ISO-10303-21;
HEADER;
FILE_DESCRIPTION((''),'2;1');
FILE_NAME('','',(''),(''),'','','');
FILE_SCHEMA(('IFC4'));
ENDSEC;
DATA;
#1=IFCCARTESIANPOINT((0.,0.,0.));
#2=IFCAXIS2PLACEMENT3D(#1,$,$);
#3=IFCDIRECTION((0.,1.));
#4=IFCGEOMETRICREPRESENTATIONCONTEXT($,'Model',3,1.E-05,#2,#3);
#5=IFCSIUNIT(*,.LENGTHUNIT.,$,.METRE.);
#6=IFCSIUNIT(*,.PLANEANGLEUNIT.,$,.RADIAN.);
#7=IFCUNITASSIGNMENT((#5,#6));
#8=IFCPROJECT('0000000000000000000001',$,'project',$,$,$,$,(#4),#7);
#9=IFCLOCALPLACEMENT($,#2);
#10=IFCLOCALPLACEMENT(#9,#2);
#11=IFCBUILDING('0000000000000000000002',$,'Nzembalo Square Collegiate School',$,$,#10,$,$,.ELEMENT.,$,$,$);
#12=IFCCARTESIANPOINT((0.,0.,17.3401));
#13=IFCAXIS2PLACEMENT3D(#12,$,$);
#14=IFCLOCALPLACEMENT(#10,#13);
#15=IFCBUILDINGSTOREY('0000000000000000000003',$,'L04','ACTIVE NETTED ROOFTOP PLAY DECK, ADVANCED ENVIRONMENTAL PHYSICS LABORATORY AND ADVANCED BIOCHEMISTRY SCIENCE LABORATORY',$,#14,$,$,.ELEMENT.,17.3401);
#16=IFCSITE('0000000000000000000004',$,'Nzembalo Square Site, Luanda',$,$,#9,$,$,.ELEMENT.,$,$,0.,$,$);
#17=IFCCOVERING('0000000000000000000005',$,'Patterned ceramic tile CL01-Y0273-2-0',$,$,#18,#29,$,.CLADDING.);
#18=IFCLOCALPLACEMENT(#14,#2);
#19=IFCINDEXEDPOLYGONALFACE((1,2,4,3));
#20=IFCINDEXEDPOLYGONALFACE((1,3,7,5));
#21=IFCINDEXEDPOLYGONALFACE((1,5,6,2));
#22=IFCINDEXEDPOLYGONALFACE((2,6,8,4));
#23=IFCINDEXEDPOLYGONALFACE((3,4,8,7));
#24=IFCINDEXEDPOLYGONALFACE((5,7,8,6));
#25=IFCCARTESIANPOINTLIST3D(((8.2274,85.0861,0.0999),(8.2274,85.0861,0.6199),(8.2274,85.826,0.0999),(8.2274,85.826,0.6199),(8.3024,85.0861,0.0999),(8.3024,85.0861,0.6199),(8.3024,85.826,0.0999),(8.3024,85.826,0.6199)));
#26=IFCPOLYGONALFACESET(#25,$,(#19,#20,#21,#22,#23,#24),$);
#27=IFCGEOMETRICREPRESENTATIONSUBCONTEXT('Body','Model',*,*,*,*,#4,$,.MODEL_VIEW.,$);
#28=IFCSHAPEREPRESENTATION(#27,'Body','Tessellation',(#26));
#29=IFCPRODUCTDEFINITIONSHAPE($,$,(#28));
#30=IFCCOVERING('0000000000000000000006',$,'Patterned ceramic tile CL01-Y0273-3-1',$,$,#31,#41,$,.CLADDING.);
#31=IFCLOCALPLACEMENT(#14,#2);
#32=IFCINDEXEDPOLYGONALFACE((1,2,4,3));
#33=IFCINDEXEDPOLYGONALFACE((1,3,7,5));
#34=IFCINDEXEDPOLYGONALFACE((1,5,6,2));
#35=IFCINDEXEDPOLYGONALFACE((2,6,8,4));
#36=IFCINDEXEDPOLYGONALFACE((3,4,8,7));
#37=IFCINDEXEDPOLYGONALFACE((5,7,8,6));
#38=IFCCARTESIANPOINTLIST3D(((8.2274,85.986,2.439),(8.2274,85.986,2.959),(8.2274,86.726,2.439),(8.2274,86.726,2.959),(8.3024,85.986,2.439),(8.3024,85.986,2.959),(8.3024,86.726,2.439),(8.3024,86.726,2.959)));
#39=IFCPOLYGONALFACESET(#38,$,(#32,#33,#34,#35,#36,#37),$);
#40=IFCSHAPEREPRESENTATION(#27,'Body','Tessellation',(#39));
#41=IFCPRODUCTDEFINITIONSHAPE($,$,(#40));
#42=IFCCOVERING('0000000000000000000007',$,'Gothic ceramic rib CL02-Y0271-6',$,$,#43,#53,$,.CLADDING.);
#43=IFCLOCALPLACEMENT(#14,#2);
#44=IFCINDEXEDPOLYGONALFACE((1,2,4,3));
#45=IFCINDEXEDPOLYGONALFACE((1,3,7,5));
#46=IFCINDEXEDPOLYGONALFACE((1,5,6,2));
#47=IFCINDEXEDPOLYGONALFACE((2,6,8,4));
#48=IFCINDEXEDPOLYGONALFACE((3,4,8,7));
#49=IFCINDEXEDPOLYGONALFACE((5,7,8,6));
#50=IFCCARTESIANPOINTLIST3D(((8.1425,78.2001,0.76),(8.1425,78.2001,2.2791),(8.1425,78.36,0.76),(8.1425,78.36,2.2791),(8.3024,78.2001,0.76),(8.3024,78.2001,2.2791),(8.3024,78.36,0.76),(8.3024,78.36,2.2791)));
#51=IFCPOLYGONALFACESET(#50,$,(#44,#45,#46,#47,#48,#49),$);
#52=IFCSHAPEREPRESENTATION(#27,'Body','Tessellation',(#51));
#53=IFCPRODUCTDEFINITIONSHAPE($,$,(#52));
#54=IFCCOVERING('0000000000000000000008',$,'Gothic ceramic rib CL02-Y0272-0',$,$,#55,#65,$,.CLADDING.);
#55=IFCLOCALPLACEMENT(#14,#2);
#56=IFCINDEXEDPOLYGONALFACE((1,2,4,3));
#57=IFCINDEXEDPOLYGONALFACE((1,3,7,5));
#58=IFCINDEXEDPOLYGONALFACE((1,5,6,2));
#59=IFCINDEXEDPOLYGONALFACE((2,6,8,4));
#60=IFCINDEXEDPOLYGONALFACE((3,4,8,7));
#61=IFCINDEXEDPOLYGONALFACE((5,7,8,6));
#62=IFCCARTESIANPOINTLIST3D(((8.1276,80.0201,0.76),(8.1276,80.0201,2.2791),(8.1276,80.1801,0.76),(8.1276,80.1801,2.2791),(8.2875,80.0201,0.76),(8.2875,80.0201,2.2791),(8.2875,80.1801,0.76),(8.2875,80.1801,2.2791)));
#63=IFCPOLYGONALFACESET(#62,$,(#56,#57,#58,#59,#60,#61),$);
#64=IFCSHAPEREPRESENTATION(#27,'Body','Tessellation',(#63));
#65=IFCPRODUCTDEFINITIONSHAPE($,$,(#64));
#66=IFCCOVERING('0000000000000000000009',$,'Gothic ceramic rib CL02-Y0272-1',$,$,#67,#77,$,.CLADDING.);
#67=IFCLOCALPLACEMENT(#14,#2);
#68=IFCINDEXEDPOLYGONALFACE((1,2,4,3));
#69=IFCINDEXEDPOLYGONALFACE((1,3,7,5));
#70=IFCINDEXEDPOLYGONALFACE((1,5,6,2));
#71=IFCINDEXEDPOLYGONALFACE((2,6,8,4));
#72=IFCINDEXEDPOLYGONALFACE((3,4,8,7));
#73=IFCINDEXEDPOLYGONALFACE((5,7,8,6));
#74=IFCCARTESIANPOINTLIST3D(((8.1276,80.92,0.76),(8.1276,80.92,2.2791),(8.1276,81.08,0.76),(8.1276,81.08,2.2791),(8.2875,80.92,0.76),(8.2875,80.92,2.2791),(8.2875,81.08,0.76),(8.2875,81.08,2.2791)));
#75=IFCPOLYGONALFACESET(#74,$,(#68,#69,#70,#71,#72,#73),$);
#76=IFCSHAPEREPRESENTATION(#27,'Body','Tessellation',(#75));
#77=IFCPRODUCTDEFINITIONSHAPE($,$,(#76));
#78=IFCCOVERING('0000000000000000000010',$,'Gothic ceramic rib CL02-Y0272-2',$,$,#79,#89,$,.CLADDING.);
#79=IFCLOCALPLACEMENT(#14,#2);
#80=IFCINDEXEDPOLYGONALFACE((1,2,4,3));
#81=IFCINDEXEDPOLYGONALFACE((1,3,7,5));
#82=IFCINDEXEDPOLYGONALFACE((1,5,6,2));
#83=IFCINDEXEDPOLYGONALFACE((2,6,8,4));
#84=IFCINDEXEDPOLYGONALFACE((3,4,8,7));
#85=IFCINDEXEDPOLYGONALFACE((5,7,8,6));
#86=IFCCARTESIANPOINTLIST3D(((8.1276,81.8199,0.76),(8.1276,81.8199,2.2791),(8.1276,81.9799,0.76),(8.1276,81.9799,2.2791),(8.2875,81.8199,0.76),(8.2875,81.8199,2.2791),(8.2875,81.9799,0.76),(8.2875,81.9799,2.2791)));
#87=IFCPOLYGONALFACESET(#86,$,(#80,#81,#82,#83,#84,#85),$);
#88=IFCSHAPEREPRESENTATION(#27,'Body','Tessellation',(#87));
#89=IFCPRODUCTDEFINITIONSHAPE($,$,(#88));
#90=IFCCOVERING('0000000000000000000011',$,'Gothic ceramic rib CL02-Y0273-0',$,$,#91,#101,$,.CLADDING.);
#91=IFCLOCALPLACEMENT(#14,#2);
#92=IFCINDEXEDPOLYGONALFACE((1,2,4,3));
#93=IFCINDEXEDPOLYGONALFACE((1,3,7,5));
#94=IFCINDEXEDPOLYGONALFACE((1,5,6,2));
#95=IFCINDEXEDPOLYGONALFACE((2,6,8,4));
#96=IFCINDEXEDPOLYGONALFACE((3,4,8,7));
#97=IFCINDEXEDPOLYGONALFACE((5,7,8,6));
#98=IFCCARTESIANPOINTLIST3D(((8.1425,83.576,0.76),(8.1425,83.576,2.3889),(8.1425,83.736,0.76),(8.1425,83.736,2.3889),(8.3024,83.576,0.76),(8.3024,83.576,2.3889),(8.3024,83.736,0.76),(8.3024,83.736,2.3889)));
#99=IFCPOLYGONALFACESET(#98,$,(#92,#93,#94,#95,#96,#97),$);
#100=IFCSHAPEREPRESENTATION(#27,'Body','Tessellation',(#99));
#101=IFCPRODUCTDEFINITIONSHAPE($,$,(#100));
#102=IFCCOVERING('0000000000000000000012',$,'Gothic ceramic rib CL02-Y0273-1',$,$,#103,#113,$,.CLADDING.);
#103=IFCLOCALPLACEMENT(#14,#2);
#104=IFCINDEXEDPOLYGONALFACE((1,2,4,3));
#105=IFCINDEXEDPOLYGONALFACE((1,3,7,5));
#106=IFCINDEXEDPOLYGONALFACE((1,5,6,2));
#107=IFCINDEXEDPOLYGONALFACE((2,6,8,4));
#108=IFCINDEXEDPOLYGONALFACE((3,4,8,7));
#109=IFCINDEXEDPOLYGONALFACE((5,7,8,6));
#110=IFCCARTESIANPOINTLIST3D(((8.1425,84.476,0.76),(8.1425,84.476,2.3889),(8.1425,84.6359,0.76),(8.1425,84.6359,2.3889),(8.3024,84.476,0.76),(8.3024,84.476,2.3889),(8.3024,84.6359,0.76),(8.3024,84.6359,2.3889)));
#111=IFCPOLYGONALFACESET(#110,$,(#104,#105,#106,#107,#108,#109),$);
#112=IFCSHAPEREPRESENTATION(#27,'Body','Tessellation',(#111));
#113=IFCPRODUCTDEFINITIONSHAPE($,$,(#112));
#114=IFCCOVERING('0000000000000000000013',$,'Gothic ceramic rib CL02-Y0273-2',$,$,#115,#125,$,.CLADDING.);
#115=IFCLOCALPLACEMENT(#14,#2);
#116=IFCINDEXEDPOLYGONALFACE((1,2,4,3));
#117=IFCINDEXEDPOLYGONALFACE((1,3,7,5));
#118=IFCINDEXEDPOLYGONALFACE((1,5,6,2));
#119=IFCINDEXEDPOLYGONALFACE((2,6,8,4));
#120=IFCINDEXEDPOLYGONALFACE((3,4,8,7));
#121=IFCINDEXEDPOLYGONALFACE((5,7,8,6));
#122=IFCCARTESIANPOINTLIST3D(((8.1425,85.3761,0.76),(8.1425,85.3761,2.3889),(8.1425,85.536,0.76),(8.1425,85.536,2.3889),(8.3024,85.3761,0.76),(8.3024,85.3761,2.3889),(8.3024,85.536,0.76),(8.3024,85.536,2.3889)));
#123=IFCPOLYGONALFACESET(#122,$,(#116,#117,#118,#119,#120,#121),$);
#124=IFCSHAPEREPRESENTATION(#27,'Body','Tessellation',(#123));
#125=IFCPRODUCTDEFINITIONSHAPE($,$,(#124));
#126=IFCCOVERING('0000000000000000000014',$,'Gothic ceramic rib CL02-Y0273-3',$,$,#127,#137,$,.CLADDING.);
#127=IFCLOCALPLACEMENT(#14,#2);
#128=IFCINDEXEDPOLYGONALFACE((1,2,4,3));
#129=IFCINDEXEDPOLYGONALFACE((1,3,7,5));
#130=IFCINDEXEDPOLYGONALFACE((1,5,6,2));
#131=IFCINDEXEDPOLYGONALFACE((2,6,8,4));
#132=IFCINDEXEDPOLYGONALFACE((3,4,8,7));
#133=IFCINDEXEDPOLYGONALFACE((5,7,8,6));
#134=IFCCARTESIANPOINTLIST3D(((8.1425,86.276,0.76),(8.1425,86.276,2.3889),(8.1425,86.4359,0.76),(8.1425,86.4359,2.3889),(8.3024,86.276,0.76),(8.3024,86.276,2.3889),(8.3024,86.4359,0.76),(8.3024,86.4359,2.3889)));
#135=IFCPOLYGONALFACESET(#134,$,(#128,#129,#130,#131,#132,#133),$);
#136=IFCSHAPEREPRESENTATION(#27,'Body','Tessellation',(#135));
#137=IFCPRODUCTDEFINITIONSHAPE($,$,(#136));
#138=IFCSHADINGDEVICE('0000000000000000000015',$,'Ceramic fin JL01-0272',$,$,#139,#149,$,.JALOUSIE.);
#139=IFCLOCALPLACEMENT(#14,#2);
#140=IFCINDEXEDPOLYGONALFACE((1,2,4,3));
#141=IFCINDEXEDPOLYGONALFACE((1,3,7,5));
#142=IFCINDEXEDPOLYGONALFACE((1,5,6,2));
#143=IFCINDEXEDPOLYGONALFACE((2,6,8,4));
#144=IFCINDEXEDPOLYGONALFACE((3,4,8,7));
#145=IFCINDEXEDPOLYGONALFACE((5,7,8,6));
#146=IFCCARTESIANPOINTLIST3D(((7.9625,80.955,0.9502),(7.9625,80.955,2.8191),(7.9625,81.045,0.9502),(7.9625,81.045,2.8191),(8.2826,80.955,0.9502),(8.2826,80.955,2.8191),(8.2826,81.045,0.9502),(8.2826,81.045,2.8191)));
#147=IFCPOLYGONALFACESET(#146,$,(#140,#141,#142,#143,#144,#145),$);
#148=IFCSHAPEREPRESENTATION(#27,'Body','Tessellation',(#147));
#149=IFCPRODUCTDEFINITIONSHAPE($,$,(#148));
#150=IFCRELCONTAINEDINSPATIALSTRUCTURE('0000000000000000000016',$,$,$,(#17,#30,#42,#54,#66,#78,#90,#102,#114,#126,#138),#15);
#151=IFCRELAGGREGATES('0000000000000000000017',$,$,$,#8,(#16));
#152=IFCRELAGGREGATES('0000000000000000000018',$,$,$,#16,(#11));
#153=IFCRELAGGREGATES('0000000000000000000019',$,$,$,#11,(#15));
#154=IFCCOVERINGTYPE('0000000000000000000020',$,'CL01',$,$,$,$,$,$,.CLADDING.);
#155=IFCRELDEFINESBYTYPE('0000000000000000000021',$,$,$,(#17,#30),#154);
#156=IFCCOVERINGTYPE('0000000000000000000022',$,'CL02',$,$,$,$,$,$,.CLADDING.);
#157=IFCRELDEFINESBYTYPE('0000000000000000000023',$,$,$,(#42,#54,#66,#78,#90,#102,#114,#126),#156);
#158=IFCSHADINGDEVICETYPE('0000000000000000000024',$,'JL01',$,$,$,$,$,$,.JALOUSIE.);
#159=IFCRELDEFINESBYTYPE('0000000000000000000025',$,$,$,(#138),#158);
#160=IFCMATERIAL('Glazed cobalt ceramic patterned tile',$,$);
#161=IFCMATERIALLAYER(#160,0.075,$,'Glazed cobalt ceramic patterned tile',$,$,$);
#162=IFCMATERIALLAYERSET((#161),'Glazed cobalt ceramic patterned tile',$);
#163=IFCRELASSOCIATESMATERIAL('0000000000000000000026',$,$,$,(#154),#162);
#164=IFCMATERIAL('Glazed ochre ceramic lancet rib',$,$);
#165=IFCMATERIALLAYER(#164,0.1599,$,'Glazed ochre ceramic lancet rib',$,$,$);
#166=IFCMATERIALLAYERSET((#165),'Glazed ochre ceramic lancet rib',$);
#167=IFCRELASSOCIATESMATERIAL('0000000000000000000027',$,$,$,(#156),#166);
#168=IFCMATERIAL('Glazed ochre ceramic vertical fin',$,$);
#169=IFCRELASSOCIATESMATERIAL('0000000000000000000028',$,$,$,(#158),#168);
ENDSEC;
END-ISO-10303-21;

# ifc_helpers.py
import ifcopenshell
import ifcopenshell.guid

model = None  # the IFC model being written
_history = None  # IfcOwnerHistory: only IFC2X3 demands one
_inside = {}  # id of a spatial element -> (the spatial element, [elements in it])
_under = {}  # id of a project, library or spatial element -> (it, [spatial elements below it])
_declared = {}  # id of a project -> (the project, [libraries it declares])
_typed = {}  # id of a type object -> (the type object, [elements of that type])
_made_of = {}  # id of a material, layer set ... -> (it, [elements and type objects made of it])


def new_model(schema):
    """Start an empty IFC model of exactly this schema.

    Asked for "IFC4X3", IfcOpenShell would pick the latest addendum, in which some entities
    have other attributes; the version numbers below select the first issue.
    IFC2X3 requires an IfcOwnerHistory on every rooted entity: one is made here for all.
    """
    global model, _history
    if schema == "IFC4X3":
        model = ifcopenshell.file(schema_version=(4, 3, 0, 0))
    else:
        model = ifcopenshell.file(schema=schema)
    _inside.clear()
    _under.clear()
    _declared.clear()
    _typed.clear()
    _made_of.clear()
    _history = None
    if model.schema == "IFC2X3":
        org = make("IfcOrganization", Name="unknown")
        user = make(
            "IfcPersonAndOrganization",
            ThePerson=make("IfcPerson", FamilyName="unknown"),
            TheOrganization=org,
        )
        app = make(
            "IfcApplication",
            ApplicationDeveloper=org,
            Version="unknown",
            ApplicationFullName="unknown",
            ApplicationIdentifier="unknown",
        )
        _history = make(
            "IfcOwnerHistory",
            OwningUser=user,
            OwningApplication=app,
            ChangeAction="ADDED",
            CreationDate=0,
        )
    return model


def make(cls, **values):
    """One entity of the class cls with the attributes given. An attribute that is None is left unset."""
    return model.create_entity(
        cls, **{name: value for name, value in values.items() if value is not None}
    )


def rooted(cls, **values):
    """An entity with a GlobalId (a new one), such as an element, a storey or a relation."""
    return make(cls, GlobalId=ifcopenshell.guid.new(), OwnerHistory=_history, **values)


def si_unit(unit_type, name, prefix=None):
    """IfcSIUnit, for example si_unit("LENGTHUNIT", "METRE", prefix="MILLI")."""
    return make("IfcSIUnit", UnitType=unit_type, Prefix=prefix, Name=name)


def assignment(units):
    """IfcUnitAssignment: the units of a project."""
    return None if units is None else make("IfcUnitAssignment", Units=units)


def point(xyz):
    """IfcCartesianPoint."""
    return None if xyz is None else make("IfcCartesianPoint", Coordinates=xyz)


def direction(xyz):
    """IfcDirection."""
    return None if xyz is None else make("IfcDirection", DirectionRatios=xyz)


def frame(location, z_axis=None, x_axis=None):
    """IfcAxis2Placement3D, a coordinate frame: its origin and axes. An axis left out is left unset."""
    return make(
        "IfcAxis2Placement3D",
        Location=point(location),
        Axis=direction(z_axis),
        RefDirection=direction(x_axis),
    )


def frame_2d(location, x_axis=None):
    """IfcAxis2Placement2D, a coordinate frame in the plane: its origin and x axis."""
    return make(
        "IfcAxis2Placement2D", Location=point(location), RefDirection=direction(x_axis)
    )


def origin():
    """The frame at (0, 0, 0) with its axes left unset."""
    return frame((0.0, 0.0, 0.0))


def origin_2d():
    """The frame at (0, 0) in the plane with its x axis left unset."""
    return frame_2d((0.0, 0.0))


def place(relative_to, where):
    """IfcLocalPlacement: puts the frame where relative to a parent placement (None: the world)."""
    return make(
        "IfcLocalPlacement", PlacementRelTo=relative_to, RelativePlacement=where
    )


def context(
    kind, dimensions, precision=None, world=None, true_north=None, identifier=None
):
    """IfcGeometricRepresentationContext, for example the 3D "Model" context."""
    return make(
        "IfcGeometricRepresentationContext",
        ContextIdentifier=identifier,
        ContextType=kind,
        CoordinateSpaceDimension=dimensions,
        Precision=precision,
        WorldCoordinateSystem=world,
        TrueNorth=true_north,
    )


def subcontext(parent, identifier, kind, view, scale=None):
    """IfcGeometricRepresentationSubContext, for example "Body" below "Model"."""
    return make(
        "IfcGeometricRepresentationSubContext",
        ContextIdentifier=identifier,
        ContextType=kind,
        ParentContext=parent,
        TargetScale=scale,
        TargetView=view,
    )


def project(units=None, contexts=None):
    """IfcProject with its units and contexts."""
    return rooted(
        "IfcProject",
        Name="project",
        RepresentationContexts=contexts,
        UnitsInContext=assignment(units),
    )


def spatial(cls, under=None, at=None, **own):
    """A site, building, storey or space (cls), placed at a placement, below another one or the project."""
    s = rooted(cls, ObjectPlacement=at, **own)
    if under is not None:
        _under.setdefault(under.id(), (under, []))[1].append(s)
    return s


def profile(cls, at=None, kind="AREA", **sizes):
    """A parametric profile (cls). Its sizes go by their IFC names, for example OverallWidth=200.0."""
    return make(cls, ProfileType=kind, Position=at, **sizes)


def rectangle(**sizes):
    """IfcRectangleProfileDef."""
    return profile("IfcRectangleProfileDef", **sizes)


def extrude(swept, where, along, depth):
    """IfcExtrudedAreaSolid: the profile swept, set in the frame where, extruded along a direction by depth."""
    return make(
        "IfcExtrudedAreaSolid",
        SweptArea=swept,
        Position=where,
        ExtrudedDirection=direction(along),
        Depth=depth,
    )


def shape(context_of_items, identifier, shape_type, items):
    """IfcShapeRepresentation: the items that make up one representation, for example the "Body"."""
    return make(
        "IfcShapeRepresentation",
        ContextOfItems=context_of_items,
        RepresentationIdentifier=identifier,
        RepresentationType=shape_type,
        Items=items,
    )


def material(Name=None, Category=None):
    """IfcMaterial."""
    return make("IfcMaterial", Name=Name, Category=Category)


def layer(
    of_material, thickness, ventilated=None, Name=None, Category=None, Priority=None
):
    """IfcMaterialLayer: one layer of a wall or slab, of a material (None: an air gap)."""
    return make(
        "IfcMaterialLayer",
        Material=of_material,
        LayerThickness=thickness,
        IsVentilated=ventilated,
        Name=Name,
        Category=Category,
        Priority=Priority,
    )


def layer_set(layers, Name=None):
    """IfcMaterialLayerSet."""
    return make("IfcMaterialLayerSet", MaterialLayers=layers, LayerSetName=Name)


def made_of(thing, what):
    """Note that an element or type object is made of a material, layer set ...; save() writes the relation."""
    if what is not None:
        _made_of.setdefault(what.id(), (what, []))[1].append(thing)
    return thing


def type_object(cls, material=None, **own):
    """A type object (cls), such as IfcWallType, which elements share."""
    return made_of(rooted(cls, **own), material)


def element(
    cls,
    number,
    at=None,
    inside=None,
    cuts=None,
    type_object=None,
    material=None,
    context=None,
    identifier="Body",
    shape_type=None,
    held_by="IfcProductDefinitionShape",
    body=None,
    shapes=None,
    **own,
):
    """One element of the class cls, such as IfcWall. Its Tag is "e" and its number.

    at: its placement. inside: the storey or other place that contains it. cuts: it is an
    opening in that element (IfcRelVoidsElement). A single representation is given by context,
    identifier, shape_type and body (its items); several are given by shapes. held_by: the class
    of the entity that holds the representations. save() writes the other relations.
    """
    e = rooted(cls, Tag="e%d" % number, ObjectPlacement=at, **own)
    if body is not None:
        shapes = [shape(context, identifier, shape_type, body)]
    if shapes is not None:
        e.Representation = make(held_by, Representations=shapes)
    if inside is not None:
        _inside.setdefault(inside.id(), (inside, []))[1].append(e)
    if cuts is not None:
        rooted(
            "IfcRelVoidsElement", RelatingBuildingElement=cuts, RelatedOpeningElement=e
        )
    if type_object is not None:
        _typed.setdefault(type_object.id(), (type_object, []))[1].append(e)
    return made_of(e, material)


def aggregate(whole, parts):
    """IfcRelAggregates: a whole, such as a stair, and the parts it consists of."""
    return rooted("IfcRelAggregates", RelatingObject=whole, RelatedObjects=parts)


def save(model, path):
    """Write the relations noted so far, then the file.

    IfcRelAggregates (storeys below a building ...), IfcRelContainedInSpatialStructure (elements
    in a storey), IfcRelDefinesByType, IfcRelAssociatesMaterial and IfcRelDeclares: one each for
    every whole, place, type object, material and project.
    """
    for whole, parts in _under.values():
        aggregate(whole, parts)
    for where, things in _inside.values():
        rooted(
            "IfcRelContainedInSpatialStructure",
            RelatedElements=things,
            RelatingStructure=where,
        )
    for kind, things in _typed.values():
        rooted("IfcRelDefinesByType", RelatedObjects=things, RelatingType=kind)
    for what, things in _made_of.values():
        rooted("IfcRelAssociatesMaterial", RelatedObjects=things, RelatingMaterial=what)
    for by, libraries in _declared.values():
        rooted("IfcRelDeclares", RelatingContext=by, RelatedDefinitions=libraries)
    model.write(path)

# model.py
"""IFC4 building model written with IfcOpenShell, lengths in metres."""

from ifc_helpers import new_model, si_unit, direction, frame, origin, origin_2d, place, context, subcontext, project, spatial, rectangle, extrude, material, layer, layer_set, type_object, element, save


model = new_model("IFC4")

# Units and contexts
model_context = context("Model", 3, precision=1e-05, world=origin(), true_north=direction((0.0, 1.0)))
body_context = subcontext(model_context, "Body", "Model", "MODEL_VIEW")
ifc_project = project(units=[si_unit("LENGTHUNIT", "METRE"), si_unit("PLANEANGLEUNIT", "RADIAN")], contexts=[model_context])

# Site, building, storey
site_placement = place(None, origin())
site = spatial("IfcSite", under=ifc_project, at=site_placement, Name="Nzembalo Square Site, Luanda", CompositionType="ELEMENT", RefElevation=0.0)
building_placement = place(site_placement, origin())
building = spatial("IfcBuilding", under=site, at=building_placement, Name="Nzembalo Square Collegiate School", CompositionType="ELEMENT")
storey_placement = place(building_placement, frame((0.0, 0.0, 17.3401)))
storey = spatial("IfcBuildingStorey", under=building, at=storey_placement, Name="L04", Description="ACTIVE NETTED ROOFTOP PLAY DECK, ADVANCED ENVIRONMENTAL PHYSICS LABORATORY AND ADVANCED BIOCHEMISTRY SCIENCE LABORATORY", CompositionType="ELEMENT", Elevation=17.3401)

# Coverings
ifc_material_1 = material(Name="Glazed cobalt ceramic patterned tile")
ifc_layer_1 = layer(ifc_material_1, 0.075, Name="Glazed cobalt ceramic patterned tile")
ifc_layer_set_1 = layer_set([ifc_layer_1], Name="Glazed cobalt ceramic patterned tile")
covering_type_1 = type_object("IfcCoveringType", Name="CL01", PredefinedType="CLADDING", material=ifc_layer_set_1)
for number, where, z_axis, x_axis, name in (
    (1, (8.2649, 85.4561, 0.0999), (0.0, 0.0, 1.0), (1.0, 0.0, 0.0), "Patterned ceramic tile CL01-Y0273-2-0"),
    (2, (8.2649, 86.356, 2.439), (0.0, 0.0, 1.0), (1.0, 0.0, 0.0), "Patterned ceramic tile CL01-Y0273-3-1"),
):
    element("IfcCovering", number, at=place(storey_placement, frame(where, z_axis=z_axis, x_axis=x_axis)), inside=storey, type_object=covering_type_1, Name=name, PredefinedType="CLADDING", context=body_context, shape_type="SweptSolid", body=[
        extrude(rectangle(XDim=0.075, YDim=0.74, at=origin_2d()), origin(), (0.0, 0.0, 1.0), 0.52),
    ])
ifc_material_2 = material(Name="Glazed ochre ceramic lancet rib")
ifc_layer_2 = layer(ifc_material_2, 0.1599, Name="Glazed ochre ceramic lancet rib")
ifc_layer_set_2 = layer_set([ifc_layer_2], Name="Glazed ochre ceramic lancet rib")
covering_type_2 = type_object("IfcCoveringType", Name="CL02", PredefinedType="CLADDING", material=ifc_layer_set_2)
for number, where, z_axis, x_axis, name in (
    (3, (8.2224, 78.28, 0.76), (0.0, 0.0, 1.0), (1.0, 0.0, 0.0), "Gothic ceramic rib CL02-Y0271-6"),
    (4, (8.2075, 80.1001, 0.76), (0.0, 0.0, 1.0), (1.0, 0.0, 0.0), "Gothic ceramic rib CL02-Y0272-0"),
    (5, (8.2075, 81.0, 0.76), (0.0, 0.0, 1.0), (1.0, 0.0, 0.0), "Gothic ceramic rib CL02-Y0272-1"),
    (6, (8.2075, 81.8999, 0.76), (0.0, 0.0, 1.0), (1.0, 0.0, 0.0), "Gothic ceramic rib CL02-Y0272-2"),
):
    element("IfcCovering", number, at=place(storey_placement, frame(where, z_axis=z_axis, x_axis=x_axis)), inside=storey, type_object=covering_type_2, Name=name, PredefinedType="CLADDING", context=body_context, shape_type="SweptSolid", body=[
        extrude(rectangle(XDim=0.1599, YDim=0.1599, at=origin_2d()), origin(), (0.0, 0.0, 1.0), 1.519),
    ])
for number, where, z_axis, x_axis, name in (
    (7, (8.2224, 83.656, 0.76), (0.0, 0.0, 1.0), (1.0, 0.0, 0.0), "Gothic ceramic rib CL02-Y0273-0"),
    (8, (8.2224, 84.5559, 0.76), (0.0, 0.0, 1.0), (1.0, 0.0, 0.0), "Gothic ceramic rib CL02-Y0273-1"),
    (9, (8.2224, 85.4561, 0.76), (0.0, 0.0, 1.0), (1.0, 0.0, 0.0), "Gothic ceramic rib CL02-Y0273-2"),
    (10, (8.2224, 86.356, 0.76), (0.0, 0.0, 1.0), (1.0, 0.0, 0.0), "Gothic ceramic rib CL02-Y0273-3"),
):
    element("IfcCovering", number, at=place(storey_placement, frame(where, z_axis=z_axis, x_axis=x_axis)), inside=storey, type_object=covering_type_2, Name=name, PredefinedType="CLADDING", context=body_context, shape_type="SweptSolid", body=[
        extrude(rectangle(XDim=0.1599, YDim=0.1599, at=origin_2d()), origin(), (0.0, 0.0, 1.0), 1.6289),
    ])

# Shading device
ifc_material_3 = material(Name="Glazed ochre ceramic vertical fin")
shading_device_type = type_object("IfcShadingDeviceType", Name="JL01", PredefinedType="JALOUSIE", material=ifc_material_3)
shading_device_placement = place(storey_placement, frame((8.1226, 81.0, 0.9502), z_axis=(0.0, 0.0, 1.0), x_axis=(1.0, 0.0, 0.0)))
element("IfcShadingDevice", 11, at=shading_device_placement, inside=storey, type_object=shading_device_type, Name="Ceramic fin JL01-0272", PredefinedType="JALOUSIE", context=body_context, shape_type="SweptSolid", body=[
    extrude(rectangle(XDim=0.3201, YDim=0.0901, at=origin_2d()), origin(), (0.0, 0.0, 1.0), 1.8689),
])

save(model, "model.ifc")
